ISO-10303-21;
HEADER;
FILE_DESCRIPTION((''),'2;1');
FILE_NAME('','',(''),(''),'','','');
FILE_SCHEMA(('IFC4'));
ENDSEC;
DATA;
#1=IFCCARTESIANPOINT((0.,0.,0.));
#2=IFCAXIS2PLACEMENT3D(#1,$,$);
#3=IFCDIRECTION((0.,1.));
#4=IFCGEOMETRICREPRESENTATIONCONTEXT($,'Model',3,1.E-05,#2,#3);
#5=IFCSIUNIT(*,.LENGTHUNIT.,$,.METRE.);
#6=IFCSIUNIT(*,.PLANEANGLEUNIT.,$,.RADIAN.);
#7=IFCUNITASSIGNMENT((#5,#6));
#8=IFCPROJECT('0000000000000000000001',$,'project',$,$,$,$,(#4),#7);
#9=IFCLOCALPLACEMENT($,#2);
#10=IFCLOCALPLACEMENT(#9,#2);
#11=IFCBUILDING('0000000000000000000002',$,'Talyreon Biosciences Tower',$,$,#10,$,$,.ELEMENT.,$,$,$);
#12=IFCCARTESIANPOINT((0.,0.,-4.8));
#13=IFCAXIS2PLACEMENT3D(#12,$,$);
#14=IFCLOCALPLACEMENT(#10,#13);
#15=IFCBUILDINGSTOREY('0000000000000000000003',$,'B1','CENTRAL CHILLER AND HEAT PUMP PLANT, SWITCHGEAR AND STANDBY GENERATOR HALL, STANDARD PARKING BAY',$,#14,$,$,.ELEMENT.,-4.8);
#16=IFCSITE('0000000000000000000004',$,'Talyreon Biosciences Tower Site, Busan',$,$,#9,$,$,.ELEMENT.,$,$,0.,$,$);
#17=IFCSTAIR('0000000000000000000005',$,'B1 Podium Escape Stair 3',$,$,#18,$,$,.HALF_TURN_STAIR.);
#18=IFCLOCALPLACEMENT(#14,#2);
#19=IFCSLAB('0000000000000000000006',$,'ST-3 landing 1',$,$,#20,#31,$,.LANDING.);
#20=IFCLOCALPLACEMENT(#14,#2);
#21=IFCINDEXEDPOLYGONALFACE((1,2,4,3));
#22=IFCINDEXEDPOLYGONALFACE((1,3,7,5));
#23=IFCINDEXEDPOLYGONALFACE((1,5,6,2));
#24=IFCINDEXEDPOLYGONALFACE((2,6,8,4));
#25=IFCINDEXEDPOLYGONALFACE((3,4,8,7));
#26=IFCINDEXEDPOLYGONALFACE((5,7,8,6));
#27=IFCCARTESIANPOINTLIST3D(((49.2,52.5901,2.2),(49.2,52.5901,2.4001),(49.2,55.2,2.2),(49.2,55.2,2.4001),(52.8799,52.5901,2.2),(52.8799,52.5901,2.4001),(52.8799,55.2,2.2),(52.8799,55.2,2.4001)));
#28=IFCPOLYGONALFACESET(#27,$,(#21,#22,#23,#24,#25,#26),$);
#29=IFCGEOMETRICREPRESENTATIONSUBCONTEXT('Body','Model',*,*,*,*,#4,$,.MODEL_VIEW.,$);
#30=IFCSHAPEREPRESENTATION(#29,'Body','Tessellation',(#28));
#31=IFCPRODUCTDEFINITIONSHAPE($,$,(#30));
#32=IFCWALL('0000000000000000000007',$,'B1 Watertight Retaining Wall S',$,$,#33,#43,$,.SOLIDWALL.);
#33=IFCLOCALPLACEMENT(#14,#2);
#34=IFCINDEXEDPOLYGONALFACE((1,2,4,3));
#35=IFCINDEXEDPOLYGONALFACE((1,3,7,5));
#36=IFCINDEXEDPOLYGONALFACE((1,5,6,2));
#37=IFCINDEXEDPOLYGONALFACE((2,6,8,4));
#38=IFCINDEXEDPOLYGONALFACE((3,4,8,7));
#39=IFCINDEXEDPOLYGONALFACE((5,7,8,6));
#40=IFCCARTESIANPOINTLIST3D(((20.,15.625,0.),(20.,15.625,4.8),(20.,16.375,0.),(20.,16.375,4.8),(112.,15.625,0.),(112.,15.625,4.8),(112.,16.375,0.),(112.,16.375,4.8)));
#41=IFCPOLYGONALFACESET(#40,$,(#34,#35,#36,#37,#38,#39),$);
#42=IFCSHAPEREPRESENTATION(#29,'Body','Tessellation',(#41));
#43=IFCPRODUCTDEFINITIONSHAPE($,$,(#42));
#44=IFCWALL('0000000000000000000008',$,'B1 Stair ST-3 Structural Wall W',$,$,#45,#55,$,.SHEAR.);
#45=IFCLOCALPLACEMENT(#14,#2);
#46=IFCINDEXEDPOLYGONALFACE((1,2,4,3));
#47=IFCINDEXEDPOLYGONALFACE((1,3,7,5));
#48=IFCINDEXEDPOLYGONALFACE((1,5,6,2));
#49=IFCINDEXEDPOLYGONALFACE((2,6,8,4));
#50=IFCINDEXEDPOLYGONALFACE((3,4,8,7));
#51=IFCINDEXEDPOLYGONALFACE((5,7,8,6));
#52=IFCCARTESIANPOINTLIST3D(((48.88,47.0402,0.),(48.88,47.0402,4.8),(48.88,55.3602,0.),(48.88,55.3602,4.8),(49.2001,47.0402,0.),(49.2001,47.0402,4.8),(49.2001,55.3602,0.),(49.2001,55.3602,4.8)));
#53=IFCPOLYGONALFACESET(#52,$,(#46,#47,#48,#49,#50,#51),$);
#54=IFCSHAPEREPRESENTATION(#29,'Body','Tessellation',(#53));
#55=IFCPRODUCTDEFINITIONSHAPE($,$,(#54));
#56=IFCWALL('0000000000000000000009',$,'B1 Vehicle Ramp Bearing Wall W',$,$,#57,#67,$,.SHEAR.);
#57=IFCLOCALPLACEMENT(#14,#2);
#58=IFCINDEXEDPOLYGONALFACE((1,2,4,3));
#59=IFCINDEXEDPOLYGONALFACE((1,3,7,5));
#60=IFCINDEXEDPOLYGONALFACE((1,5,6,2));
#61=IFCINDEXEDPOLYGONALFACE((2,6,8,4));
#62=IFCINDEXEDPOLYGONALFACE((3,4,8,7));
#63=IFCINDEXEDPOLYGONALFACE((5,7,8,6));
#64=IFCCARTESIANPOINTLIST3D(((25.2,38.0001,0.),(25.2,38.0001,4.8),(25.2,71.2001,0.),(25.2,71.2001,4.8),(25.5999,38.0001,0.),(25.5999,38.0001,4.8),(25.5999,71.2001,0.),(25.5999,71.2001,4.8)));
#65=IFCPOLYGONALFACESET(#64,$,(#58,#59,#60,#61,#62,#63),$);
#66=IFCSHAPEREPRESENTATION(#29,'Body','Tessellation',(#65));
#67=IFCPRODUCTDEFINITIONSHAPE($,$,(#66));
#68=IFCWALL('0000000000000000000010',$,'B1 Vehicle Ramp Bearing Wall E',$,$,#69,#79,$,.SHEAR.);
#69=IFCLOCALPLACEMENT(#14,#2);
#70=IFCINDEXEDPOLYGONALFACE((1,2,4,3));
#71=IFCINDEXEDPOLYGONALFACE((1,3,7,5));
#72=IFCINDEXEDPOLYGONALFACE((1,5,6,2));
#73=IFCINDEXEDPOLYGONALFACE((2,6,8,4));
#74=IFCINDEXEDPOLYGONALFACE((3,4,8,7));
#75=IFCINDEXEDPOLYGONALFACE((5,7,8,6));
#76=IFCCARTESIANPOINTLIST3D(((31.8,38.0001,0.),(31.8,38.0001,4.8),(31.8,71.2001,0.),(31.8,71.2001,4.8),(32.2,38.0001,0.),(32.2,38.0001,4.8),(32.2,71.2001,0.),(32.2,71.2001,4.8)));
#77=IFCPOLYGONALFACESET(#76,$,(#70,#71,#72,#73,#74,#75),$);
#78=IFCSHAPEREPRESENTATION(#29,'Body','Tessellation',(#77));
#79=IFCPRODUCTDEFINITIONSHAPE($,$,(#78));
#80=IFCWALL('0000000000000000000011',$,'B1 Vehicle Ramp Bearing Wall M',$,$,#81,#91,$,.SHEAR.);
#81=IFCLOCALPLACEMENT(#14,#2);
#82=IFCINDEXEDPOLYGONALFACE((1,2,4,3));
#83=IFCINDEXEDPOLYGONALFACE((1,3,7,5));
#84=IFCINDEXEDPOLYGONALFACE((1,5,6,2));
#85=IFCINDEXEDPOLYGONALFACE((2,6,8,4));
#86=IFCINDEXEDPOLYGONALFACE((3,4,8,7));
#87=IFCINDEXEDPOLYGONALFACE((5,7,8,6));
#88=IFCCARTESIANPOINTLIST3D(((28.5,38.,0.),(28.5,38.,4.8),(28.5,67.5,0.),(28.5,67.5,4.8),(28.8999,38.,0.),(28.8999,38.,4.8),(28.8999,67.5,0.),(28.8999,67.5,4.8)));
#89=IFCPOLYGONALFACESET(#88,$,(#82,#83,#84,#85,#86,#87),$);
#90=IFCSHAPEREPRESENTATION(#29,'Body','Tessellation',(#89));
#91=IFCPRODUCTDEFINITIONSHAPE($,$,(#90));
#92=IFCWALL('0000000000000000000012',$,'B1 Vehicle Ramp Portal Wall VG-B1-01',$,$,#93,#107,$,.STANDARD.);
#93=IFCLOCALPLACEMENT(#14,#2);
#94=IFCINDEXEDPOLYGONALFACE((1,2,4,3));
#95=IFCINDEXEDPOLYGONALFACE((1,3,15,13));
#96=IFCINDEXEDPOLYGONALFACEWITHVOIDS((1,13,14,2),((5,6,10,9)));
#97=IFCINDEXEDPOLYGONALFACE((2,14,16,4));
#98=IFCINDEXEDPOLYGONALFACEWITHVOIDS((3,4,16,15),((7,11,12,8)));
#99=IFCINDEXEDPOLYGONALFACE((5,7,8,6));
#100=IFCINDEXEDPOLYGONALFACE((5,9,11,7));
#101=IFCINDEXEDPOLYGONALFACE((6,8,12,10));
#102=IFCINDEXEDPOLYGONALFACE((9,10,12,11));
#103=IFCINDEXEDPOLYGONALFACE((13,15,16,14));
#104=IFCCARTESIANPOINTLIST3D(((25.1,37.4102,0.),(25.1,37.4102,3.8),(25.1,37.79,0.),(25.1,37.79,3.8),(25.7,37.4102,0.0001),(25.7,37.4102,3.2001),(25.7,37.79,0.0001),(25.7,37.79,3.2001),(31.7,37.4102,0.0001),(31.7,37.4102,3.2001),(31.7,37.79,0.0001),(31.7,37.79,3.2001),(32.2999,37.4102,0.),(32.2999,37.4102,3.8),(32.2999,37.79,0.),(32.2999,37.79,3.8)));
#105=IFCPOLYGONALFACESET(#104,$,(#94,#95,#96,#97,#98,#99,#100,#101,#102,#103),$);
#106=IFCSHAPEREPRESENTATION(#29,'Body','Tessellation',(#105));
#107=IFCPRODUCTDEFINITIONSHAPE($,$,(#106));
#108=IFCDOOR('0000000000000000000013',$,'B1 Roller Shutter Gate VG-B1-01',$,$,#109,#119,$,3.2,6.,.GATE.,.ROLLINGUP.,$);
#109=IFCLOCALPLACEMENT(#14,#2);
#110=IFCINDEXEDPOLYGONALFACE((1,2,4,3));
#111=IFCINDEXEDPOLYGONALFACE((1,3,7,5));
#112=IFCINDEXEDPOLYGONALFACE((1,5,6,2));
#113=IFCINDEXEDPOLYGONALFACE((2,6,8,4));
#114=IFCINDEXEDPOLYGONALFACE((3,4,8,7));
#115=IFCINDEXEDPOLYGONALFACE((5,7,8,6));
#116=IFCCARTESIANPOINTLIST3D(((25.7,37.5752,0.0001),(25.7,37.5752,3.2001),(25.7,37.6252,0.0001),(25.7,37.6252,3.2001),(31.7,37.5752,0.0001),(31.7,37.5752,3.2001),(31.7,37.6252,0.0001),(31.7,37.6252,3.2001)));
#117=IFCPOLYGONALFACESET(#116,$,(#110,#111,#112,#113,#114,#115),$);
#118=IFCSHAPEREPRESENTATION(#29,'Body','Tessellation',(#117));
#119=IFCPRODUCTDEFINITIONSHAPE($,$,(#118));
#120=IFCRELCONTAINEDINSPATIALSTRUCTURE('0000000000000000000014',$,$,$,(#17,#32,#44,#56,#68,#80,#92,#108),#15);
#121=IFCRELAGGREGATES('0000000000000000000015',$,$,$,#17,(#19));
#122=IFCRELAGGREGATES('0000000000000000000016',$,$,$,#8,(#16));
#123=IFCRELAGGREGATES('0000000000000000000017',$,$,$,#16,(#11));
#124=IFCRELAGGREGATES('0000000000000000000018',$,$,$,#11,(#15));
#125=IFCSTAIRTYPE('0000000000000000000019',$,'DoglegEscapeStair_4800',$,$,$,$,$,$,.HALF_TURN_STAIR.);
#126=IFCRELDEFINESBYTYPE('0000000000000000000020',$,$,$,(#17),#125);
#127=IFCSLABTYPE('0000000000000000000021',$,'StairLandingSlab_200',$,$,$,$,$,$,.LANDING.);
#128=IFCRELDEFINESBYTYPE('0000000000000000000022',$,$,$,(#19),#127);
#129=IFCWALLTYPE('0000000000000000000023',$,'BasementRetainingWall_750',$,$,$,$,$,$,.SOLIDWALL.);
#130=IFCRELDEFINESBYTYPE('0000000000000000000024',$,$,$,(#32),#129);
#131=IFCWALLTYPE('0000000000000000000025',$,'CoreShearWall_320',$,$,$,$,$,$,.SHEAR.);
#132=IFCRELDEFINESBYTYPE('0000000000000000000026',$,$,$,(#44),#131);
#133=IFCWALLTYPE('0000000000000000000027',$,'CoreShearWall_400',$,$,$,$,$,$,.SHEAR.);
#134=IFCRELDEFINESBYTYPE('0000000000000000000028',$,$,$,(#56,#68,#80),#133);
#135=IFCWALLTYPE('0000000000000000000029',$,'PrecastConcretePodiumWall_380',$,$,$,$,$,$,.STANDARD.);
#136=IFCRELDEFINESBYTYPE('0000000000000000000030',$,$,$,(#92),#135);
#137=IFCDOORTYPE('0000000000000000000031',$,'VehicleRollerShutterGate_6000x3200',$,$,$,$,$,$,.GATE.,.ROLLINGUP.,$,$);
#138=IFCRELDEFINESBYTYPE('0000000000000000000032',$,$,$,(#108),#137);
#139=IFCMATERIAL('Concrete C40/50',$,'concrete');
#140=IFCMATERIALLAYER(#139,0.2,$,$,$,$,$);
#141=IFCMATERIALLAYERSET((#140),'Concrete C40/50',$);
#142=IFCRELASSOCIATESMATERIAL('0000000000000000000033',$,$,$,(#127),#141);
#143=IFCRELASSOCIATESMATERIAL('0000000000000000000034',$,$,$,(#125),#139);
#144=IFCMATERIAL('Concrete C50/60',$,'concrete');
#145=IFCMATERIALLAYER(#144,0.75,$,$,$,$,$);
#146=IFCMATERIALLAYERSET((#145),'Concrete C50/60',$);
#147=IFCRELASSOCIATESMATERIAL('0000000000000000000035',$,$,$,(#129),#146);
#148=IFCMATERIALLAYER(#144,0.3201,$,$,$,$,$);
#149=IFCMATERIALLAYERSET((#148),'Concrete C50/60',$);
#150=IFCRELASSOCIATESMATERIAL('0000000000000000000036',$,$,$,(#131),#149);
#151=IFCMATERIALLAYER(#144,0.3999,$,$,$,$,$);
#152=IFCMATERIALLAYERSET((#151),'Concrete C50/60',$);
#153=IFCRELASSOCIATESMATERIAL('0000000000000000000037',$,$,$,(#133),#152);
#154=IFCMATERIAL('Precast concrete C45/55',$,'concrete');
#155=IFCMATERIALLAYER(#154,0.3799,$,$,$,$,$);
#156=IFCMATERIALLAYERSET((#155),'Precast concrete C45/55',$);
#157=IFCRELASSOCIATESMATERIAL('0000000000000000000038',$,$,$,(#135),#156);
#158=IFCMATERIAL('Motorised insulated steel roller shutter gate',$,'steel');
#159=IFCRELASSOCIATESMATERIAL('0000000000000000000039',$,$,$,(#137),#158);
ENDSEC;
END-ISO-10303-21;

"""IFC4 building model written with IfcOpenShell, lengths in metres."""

from ifc_helpers import new_model, si_unit, direction, frame, frame_2d, origin, place, context, subcontext, project, spatial, polyline, rectangle, outline, extrude, material, layer, layer_set, type_object, element, fill, aggregate, save


model = new_model("IFC4")

# Units and contexts
model_context = context("Model", 3, precision=1e-05, world=origin(), true_north=direction((0.0, 1.0)))
body_context = subcontext(model_context, "Body", "Model", "MODEL_VIEW")
ifc_project = project(units=[si_unit("LENGTHUNIT", "METRE"), si_unit("PLANEANGLEUNIT", "RADIAN")], contexts=[model_context])

# Site, building, storey
site_placement = place(None, origin())
site = spatial("IfcSite", under=ifc_project, at=site_placement, Name="Talyreon Biosciences Tower Site, Busan", CompositionType="ELEMENT", RefElevation=0.0)
building_placement = place(site_placement, origin())
building = spatial("IfcBuilding", under=site, at=building_placement, Name="Talyreon Biosciences Tower", CompositionType="ELEMENT")
storey_placement = place(building_placement, frame((0.0, 0.0, -4.8)))
storey = spatial("IfcBuildingStorey", under=building, at=storey_placement, Name="B1", Description="CENTRAL CHILLER AND HEAT PUMP PLANT, SWITCHGEAR AND STANDBY GENERATOR HALL, STANDARD PARKING BAY", CompositionType="ELEMENT", Elevation=-4.8)

# Shared definitions
ifc_material_1 = material(Name="Concrete C50/60", Category="concrete")

# Shared definitions
ifc_material_2 = material(Name="Concrete C40/50", Category="concrete")
ifc_layer_1 = layer(ifc_material_2, 0.2)
ifc_layer_set_1 = layer_set([ifc_layer_1], Name="Concrete C40/50")
slab_type_1 = type_object("IfcSlabType", Name="StairLandingSlab_200", PredefinedType="LANDING", material=ifc_layer_set_1)

# Stair, slab
stair_type = type_object("IfcStairType", Name="DoglegEscapeStair_4800", PredefinedType="HALF_TURN_STAIR", material=ifc_material_2)
stair_1_placement = place(storey_placement, origin())
stair_1 = element("IfcStair", 1, at=stair_1_placement, inside=storey, type_object=stair_type, Name="B1 Podium Escape Stair 3", PredefinedType="HALF_TURN_STAIR")
slab_1_placement = place(storey_placement, frame((0.0, 0.0, 2.2)))
slab_1 = element("IfcSlab", 2, at=slab_1_placement, type_object=slab_type_1, Name="ST-3 landing 1", PredefinedType="LANDING", context=body_context, shape_type="SweptSolid", body=[
    extrude(outline(polyline([(52.8799, 52.5901), (52.8799, 55.2), (49.2, 55.2), (49.2, 52.5901), (52.8799, 52.5901)])), origin(), (0.0, 0.0, 1.0), 0.2002),
])
aggregate(stair_1, [slab_1])

# Walls
ifc_layer_2 = layer(ifc_material_1, 0.75)
ifc_layer_set_2 = layer_set([ifc_layer_2], Name="Concrete C50/60")
wall_type_1 = type_object("IfcWallType", Name="BasementRetainingWall_750", PredefinedType="SOLIDWALL", material=ifc_layer_set_2)
wall_1_placement = place(storey_placement, frame((20.0, 16.0, 0.0), z_axis=(0.0, 0.0, 1.0), x_axis=(1.0, 0.0, 0.0)))
element("IfcWall", 3, at=wall_1_placement, inside=storey, type_object=wall_type_1, Name="B1 Watertight Retaining Wall S", PredefinedType="SOLIDWALL", context=body_context, shape_type="SweptSolid", body=[
    extrude(rectangle(XDim=92.0, YDim=0.75, at=frame_2d((46.0, 0.0))), origin(), (0.0, 0.0, 1.0), 4.8),
])
ifc_layer_3 = layer(ifc_material_1, 0.3201)
ifc_layer_set_3 = layer_set([ifc_layer_3], Name="Concrete C50/60")
wall_type_2 = type_object("IfcWallType", Name="CoreShearWall_320", PredefinedType="SHEAR", material=ifc_layer_set_3)
wall_2_placement = place(storey_placement, frame((49.04, 47.04, 0.0), z_axis=(0.0, 0.0, 1.0), x_axis=(0.0, 1.0, 0.0)))
element("IfcWall", 4, at=wall_2_placement, inside=storey, type_object=wall_type_2, Name="B1 Stair ST-3 Structural Wall W", PredefinedType="SHEAR", context=body_context, shape_type="SweptSolid", body=[
    extrude(rectangle(XDim=8.3201, YDim=0.3201, at=frame_2d((4.1602, 0.0))), origin(), (0.0, 0.0, 1.0), 4.8),
])
ifc_layer_4 = layer(ifc_material_1, 0.3999)
ifc_layer_set_4 = layer_set([ifc_layer_4], Name="Concrete C50/60")
wall_type_3 = type_object("IfcWallType", Name="CoreShearWall_400", PredefinedType="SHEAR", material=ifc_layer_set_4)
for number, where, z_axis, x_axis, name in (
    (5, (25.3999, 38.0, 0.0), (0.0, 0.0, 1.0), (0.0, 1.0, 0.0), "B1 Vehicle Ramp Bearing Wall W"),
    (6, (32.0, 38.0, 0.0), (0.0, 0.0, 1.0), (0.0, 1.0, 0.0), "B1 Vehicle Ramp Bearing Wall E"),
):
    element("IfcWall", number, at=place(storey_placement, frame(where, z_axis=z_axis, x_axis=x_axis)), inside=storey, type_object=wall_type_3, Name=name, PredefinedType="SHEAR", context=body_context, shape_type="SweptSolid", body=[
        extrude(rectangle(XDim=33.2, YDim=0.3999, at=frame_2d((16.6001, 0.0))), origin(), (0.0, 0.0, 1.0), 4.8),
    ])
wall_3_placement = place(storey_placement, frame((28.7, 38.0, 0.0), z_axis=(0.0, 0.0, 1.0), x_axis=(0.0, 1.0, 0.0)))
element("IfcWall", 7, at=wall_3_placement, inside=storey, type_object=wall_type_3, Name="B1 Vehicle Ramp Bearing Wall M", PredefinedType="SHEAR", context=body_context, shape_type="SweptSolid", body=[
    extrude(rectangle(XDim=29.5, YDim=0.3999, at=frame_2d((14.75, 0.0))), origin(), (0.0, 0.0, 1.0), 4.8),
])

# Wall, opening, door
ifc_material_3 = material(Name="Precast concrete C45/55", Category="concrete")
ifc_layer_5 = layer(ifc_material_3, 0.3799)
ifc_layer_set_5 = layer_set([ifc_layer_5], Name="Precast concrete C45/55")
wall_type_4 = type_object("IfcWallType", Name="PrecastConcretePodiumWall_380", PredefinedType="STANDARD", material=ifc_layer_set_5)
wall_4_placement = place(storey_placement, frame((32.3, 37.6001, 0.0), z_axis=(0.0, 0.0, 1.0), x_axis=(-1.0, 0.0, 0.0)))
wall_4 = element("IfcWall", 8, at=wall_4_placement, inside=storey, type_object=wall_type_4, Name="B1 Vehicle Ramp Portal Wall VG-B1-01", PredefinedType="STANDARD", context=body_context, shape_type="SweptSolid", body=[
    extrude(rectangle(XDim=7.2, YDim=0.3799, at=frame_2d((3.6001, 0.0))), origin(), (0.0, 0.0, 1.0), 3.8),
])
opening_placement = place(wall_4_placement, frame((0.6001, 0.0, 0.0)))
opening = element("IfcOpeningElement", 9, at=opening_placement, cuts=wall_4, PredefinedType="OPENING", context=body_context, shape_type="SweptSolid", body=[
    extrude(rectangle(XDim=6.0, YDim=3.2, at=frame_2d((3.0, 1.6001))), frame((0.0, 0.2, 0.0), z_axis=(0.0, -1.0, 0.0), x_axis=(1.0, 0.0, 0.0)), (0.0, 0.0, 1.0), 0.3999),
])
ifc_material_4 = material(Name="Motorised insulated steel roller shutter gate", Category="steel")
door_type = type_object("IfcDoorType", Name="VehicleRollerShutterGate_6000x3200", OperationType="ROLLINGUP", PredefinedType="GATE", material=ifc_material_4)
door_placement = place(opening_placement, origin())
door = element("IfcDoor", 10, at=door_placement, inside=storey, type_object=door_type, Name="B1 Roller Shutter Gate VG-B1-01", OperationType="ROLLINGUP", OverallHeight=3.2, OverallWidth=6.0, PredefinedType="GATE", context=body_context, shape_type="SweptSolid", body=[
    extrude(rectangle(XDim=6.0, YDim=3.2, at=frame_2d((3.0, 1.6001))), frame((0.0, 0.0249, 0.0), z_axis=(0.0, -1.0, 0.0), x_axis=(1.0, 0.0, 0.0)), (0.0, 0.0, 1.0), 0.05),
])
fill(opening, door)

save(model, "model.ifc")
